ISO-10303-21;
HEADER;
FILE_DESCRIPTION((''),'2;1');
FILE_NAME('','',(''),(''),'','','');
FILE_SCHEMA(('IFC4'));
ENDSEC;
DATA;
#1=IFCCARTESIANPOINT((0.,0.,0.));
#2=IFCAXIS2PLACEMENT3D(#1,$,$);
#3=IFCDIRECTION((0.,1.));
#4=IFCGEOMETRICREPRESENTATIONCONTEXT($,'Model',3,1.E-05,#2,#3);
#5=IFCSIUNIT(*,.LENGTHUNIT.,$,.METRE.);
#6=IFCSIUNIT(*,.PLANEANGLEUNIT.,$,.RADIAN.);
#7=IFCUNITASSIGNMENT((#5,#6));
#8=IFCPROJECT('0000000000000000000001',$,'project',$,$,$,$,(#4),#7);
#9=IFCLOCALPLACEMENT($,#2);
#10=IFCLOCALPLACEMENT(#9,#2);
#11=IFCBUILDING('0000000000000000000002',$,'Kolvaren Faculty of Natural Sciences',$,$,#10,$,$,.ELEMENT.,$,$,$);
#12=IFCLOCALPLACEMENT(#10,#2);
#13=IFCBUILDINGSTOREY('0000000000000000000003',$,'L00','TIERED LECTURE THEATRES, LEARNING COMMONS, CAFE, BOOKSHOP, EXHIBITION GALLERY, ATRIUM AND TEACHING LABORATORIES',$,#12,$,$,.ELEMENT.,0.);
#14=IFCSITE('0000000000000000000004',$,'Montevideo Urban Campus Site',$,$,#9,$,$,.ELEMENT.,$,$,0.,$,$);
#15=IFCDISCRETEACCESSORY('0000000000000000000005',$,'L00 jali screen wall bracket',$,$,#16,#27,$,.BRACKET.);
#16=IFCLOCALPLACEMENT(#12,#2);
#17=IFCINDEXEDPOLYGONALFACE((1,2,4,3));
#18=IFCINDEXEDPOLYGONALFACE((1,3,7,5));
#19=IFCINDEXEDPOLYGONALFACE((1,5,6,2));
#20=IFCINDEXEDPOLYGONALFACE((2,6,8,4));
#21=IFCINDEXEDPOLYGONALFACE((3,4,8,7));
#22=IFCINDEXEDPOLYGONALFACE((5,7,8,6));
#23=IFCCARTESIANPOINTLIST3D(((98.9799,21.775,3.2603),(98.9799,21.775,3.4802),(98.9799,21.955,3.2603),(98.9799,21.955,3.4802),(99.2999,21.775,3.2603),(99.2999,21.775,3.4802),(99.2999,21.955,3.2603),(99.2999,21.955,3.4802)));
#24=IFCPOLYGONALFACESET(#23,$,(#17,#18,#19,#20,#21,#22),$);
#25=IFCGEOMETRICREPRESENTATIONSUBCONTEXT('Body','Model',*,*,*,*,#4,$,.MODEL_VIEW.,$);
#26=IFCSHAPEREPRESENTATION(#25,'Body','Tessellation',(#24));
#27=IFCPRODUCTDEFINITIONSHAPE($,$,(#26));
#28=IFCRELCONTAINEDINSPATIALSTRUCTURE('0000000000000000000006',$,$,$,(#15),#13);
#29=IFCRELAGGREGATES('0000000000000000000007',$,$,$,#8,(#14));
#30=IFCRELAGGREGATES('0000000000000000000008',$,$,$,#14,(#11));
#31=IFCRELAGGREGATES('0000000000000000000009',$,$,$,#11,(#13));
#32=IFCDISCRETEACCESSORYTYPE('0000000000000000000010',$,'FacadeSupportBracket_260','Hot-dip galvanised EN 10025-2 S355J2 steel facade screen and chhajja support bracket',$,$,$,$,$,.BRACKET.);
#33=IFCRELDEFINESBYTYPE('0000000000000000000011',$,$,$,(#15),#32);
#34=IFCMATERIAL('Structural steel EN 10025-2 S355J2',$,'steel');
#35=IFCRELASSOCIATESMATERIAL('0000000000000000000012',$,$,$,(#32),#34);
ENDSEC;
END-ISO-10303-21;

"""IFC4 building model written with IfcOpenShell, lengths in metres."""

from ifc_helpers import new_model, si_unit, direction, frame, origin, origin_2d, place, context, subcontext, project, spatial, rectangle, extrude, material, type_object, element, save


model = new_model("IFC4")

# Units and contexts
model_context = context("Model", 3, precision=1e-05, world=origin(), true_north=direction((0.0, 1.0)))
body_context = subcontext(model_context, "Body", "Model", "MODEL_VIEW")
ifc_project = project(units=[si_unit("LENGTHUNIT", "METRE"), si_unit("PLANEANGLEUNIT", "RADIAN")], contexts=[model_context])

# Site, building, storey
site_placement = place(None, origin())
site = spatial("IfcSite", under=ifc_project, at=site_placement, Name="Montevideo Urban Campus Site", CompositionType="ELEMENT", RefElevation=0.0)
building_placement = place(site_placement, origin())
building = spatial("IfcBuilding", under=site, at=building_placement, Name="Kolvaren Faculty of Natural Sciences", CompositionType="ELEMENT")
storey_placement = place(building_placement, origin())
storey = spatial("IfcBuildingStorey", under=building, at=storey_placement, Name="L00", Description="TIERED LECTURE THEATRES, LEARNING COMMONS, CAFE, BOOKSHOP, EXHIBITION GALLERY, ATRIUM AND TEACHING LABORATORIES", CompositionType="ELEMENT", Elevation=0.0)

# Discrete accessory
ifc_material_1 = material(Name="Structural steel EN 10025-2 S355J2", Category="steel")
discrete_accessory_type = type_object("IfcDiscreteAccessoryType", Name="FacadeSupportBracket_260", Description="Hot-dip galvanised EN 10025-2 S355J2 steel facade screen and chhajja support bracket", PredefinedType="BRACKET", material=ifc_material_1)
for number, where, z_axis, x_axis, name in (
    (1, (99.1399, 21.865, 3.2603), (0.0, 0.0, 1.0), (0.0, 1.0, 0.0), "L00 jali screen wall bracket"),
):
    element("IfcDiscreteAccessory", number, at=place(storey_placement, frame(where, z_axis=z_axis, x_axis=x_axis)), inside=storey, type_object=discrete_accessory_type, Name=name, PredefinedType="BRACKET", context=body_context, shape_type="SweptSolid", body=[
        extrude(rectangle(XDim=0.1799, YDim=0.3201, at=origin_2d()), origin(), (0.0, 0.0, 1.0), 0.22),
    ])

save(model, "model.ifc")
